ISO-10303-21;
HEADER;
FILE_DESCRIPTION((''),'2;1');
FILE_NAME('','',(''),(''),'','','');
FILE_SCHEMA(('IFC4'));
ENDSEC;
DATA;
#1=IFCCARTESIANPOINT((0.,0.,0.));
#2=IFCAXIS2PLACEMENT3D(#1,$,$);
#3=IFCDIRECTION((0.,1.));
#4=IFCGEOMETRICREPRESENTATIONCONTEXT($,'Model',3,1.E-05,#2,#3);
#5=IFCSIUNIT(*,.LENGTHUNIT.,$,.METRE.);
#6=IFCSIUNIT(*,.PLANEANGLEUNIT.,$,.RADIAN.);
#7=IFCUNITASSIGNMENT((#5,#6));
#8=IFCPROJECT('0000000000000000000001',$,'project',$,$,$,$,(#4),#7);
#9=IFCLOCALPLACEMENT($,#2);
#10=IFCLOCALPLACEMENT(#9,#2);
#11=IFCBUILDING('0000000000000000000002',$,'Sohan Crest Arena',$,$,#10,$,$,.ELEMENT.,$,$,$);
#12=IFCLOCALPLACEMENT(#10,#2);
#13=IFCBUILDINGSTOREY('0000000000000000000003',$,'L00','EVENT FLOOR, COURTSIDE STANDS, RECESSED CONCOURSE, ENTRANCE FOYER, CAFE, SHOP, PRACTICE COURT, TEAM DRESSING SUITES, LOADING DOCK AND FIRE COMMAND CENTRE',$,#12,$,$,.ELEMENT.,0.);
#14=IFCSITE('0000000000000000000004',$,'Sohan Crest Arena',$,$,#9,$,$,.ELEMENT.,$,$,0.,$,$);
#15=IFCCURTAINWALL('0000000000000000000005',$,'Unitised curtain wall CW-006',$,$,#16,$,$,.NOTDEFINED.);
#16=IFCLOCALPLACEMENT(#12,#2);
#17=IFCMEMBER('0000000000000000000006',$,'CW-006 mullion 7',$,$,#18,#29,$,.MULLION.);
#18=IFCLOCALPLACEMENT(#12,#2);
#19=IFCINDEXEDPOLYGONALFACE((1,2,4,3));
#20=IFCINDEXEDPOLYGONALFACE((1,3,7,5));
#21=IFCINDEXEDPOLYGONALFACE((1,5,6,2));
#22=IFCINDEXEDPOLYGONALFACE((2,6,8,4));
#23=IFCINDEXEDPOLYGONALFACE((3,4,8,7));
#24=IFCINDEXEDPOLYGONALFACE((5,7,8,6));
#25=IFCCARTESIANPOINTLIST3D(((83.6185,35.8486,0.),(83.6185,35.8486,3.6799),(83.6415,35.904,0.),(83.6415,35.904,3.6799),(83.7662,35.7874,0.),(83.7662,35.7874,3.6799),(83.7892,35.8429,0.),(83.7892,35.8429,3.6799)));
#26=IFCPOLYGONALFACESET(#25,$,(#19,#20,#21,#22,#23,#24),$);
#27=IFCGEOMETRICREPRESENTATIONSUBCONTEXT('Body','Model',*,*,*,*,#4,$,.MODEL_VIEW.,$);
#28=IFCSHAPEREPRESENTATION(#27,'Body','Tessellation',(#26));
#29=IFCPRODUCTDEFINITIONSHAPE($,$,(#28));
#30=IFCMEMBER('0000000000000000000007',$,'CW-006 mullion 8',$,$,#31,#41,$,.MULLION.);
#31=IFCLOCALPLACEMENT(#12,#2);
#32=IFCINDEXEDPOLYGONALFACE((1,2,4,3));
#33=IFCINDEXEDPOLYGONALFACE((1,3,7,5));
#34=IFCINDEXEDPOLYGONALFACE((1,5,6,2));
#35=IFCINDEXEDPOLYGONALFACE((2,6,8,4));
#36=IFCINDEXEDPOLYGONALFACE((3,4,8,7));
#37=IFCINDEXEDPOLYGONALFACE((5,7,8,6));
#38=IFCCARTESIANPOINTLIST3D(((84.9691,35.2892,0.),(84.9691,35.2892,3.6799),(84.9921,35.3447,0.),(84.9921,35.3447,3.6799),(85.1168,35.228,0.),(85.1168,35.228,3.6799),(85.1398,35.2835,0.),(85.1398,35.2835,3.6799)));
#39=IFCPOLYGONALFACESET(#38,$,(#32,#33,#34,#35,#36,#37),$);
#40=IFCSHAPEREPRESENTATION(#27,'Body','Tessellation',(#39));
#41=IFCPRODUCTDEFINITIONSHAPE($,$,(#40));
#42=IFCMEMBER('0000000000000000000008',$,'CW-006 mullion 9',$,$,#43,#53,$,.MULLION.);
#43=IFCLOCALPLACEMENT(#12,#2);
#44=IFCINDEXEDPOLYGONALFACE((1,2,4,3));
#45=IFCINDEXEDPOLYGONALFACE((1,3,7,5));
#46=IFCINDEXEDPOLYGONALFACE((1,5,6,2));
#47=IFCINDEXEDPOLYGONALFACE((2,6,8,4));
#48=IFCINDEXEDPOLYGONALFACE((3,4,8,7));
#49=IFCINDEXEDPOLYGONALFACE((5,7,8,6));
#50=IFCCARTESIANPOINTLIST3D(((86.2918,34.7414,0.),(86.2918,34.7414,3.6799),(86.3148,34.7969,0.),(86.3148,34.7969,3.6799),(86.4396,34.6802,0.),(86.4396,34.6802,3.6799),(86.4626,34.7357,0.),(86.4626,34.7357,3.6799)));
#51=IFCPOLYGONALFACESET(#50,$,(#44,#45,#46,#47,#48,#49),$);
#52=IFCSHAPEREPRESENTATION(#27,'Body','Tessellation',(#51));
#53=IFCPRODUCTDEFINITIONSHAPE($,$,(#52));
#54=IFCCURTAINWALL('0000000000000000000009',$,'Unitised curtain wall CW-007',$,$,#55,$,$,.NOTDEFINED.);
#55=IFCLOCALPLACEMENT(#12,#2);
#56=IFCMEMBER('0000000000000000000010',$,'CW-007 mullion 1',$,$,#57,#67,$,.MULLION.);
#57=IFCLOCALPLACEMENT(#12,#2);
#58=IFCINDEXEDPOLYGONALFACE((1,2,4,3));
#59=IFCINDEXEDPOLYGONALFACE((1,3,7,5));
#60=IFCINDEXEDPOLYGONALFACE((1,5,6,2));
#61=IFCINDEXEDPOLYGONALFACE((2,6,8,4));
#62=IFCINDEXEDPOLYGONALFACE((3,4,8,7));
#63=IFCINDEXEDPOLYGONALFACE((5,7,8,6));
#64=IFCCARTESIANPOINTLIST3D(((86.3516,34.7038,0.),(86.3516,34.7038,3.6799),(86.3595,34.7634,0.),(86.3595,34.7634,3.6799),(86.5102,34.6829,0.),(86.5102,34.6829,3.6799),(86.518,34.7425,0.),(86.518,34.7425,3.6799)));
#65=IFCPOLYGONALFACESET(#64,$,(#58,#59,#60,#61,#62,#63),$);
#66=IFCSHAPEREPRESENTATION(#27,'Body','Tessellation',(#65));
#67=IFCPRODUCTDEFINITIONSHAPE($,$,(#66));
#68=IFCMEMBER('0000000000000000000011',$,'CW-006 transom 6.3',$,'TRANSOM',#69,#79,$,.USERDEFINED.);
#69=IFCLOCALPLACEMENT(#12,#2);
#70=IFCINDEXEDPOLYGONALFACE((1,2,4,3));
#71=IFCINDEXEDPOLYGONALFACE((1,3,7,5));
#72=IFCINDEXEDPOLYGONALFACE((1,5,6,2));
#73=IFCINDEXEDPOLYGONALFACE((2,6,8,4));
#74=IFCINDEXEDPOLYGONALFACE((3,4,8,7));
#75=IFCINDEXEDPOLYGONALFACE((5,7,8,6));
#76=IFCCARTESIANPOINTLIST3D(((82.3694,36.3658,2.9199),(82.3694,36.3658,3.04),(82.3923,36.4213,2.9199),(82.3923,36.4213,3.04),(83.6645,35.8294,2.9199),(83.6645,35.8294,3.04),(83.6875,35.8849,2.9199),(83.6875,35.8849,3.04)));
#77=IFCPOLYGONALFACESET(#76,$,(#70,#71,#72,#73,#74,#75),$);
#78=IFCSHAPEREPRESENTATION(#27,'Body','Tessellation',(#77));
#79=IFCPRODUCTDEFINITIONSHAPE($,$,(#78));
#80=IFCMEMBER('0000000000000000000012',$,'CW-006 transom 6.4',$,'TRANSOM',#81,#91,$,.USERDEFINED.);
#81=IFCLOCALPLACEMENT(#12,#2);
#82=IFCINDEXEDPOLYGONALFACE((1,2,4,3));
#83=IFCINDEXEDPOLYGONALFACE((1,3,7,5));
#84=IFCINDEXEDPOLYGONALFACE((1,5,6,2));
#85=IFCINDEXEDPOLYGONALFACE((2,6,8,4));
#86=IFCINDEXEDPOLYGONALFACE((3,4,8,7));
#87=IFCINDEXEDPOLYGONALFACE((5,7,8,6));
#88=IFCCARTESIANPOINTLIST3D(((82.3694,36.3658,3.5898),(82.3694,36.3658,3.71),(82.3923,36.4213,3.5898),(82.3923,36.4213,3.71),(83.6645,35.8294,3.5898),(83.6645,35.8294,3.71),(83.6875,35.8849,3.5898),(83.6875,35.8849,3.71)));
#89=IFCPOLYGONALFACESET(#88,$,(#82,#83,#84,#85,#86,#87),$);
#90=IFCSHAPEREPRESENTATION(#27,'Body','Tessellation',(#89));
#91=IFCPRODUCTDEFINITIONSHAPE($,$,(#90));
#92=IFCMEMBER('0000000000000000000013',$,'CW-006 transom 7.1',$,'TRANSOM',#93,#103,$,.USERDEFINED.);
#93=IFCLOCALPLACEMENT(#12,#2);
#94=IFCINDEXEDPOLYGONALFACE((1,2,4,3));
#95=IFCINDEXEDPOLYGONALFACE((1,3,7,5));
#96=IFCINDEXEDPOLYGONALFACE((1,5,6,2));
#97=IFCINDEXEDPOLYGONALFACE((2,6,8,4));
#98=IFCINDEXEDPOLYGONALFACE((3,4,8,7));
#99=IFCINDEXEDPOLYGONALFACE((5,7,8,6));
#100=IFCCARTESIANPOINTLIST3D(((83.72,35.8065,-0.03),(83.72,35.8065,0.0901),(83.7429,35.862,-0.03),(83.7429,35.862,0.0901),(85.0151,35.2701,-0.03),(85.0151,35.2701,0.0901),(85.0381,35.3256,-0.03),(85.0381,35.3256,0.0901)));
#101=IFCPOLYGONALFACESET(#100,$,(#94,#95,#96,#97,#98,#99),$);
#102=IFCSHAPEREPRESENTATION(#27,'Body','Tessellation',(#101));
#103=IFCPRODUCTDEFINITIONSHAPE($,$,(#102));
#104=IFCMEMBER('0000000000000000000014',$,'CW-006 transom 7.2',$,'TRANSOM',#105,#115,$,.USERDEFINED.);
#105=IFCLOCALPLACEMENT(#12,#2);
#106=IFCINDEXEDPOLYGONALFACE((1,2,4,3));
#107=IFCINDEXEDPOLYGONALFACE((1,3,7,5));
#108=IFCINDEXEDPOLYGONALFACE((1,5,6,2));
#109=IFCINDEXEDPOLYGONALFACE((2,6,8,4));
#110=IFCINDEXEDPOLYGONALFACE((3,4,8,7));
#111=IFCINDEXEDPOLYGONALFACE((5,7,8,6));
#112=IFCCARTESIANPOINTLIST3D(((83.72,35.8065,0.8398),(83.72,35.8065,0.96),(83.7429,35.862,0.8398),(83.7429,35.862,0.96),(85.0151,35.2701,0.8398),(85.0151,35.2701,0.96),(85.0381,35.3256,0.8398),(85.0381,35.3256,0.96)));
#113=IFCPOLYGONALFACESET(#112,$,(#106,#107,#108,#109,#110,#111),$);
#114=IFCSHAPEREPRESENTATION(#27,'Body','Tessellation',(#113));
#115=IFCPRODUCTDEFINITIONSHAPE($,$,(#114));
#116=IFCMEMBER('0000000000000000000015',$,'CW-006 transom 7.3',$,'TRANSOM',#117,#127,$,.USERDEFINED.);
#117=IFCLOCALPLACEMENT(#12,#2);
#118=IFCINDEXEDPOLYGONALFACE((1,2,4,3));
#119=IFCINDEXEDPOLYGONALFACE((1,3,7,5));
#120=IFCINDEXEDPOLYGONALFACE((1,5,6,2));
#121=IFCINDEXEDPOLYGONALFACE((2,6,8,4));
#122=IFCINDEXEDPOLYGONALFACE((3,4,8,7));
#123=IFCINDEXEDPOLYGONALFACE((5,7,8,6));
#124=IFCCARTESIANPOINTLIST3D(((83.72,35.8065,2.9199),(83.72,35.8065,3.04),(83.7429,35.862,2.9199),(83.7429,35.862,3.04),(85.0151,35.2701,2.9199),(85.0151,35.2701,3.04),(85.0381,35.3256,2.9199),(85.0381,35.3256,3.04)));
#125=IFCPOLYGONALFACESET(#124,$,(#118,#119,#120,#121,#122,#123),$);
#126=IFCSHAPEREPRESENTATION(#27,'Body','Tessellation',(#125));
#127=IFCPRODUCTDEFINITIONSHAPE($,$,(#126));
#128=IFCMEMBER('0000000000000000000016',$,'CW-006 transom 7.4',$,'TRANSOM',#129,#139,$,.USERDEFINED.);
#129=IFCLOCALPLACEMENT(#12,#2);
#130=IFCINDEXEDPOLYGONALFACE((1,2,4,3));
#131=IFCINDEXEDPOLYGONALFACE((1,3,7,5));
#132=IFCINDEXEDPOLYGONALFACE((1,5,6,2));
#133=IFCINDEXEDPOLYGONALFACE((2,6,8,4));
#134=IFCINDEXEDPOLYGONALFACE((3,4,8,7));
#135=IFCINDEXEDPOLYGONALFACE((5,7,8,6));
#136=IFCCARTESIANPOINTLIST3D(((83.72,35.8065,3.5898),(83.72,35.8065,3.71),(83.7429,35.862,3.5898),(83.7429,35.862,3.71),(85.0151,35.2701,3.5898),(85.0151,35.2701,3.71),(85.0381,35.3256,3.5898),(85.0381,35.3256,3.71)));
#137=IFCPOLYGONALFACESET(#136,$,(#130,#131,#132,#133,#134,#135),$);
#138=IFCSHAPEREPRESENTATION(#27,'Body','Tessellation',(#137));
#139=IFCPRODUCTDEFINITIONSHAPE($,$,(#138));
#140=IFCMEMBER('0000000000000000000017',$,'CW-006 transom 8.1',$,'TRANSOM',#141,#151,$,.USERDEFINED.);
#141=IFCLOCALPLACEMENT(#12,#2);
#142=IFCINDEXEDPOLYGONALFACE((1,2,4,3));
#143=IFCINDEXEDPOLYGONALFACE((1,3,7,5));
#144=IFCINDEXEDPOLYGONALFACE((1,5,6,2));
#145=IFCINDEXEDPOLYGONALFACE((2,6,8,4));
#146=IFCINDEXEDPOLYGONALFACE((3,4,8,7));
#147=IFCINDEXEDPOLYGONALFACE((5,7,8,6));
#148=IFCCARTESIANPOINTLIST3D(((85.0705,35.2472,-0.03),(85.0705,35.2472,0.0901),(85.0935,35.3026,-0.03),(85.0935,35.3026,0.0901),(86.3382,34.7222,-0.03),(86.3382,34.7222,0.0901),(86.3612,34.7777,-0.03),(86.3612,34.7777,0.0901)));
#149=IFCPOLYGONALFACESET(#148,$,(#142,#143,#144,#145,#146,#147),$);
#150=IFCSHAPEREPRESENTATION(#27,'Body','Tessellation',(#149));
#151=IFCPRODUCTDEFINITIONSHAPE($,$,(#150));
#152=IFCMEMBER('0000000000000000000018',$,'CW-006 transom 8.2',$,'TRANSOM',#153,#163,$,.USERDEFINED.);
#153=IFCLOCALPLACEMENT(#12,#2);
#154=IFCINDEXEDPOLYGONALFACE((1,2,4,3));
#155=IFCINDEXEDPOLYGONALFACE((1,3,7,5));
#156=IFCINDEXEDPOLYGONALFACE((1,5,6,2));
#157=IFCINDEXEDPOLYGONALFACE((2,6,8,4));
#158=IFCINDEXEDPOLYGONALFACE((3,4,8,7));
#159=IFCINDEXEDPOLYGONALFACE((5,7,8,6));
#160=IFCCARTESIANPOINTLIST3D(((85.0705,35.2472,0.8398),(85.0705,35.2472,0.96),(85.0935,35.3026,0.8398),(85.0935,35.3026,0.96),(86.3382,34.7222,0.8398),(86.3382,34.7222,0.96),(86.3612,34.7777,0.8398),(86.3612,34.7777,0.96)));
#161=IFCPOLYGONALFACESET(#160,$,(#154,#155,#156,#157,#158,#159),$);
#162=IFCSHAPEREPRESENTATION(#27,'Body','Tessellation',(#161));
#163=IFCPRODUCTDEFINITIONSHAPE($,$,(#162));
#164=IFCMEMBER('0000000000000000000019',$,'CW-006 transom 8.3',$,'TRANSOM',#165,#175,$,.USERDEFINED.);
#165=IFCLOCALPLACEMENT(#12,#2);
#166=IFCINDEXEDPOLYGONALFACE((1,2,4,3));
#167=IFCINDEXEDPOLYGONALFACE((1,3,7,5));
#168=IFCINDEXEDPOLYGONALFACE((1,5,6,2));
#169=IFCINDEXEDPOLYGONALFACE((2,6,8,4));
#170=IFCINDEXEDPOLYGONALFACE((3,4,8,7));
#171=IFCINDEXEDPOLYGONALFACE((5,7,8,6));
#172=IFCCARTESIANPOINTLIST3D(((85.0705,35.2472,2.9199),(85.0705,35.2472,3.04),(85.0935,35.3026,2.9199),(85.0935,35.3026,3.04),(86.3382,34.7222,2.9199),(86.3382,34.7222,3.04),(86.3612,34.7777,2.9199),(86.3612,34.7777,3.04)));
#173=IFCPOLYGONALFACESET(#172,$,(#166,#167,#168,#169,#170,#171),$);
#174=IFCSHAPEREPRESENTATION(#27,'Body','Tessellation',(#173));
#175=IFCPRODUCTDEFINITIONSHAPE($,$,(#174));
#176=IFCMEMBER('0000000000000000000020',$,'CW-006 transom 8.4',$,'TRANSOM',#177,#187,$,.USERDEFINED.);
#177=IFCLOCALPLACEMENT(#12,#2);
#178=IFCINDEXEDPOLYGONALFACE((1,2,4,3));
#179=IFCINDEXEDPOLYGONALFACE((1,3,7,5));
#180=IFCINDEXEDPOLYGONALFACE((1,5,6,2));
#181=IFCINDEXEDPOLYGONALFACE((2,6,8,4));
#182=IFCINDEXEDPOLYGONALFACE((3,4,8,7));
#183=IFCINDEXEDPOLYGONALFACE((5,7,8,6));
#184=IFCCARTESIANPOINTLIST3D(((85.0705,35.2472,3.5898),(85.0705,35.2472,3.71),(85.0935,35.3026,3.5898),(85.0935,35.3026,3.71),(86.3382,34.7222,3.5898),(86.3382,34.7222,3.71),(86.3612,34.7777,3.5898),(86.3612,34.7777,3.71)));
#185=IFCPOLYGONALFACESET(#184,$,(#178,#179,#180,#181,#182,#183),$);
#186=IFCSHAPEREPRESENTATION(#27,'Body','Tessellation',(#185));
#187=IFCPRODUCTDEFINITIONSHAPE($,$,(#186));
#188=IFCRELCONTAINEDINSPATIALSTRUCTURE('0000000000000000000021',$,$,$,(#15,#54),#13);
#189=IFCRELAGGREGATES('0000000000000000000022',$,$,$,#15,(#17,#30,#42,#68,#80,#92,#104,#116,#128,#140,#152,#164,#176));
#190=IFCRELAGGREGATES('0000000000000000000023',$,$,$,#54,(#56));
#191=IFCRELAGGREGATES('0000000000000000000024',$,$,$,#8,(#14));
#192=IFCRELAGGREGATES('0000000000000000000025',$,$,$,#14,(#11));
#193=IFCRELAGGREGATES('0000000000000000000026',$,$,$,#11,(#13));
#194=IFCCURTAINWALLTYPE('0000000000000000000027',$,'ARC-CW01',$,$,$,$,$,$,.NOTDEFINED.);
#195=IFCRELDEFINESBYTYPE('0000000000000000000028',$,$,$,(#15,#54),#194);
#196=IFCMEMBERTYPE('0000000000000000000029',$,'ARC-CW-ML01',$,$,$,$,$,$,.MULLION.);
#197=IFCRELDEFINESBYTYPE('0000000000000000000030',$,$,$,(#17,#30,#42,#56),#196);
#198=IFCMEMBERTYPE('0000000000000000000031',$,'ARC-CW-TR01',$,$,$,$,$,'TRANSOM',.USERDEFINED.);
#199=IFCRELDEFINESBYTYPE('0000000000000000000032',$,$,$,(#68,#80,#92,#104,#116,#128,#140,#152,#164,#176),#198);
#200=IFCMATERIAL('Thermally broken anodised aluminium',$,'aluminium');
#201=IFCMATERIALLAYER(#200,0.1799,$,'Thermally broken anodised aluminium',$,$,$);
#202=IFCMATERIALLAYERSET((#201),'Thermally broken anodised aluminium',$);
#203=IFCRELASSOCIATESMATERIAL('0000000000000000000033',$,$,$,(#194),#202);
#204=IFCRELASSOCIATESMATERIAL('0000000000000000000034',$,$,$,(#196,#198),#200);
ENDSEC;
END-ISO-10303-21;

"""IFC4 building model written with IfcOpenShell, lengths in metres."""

from ifc_helpers import new_model, si_unit, direction, frame, origin, origin_2d, place, context, subcontext, project, spatial, rectangle, extrude, material, layer, layer_set, material_profile, profile_set, type_object, element, aggregate, save


model = new_model("IFC4")

# Units and contexts
model_context = context("Model", 3, precision=1e-05, world=origin(), true_north=direction((0.0, 1.0)))
body_context = subcontext(model_context, "Body", "Model", "MODEL_VIEW")
ifc_project = project(units=[si_unit("LENGTHUNIT", "METRE"), si_unit("PLANEANGLEUNIT", "RADIAN")], contexts=[model_context])

# Site, building, storey
site_placement = place(None, origin())
site = spatial("IfcSite", under=ifc_project, at=site_placement, Name="Sohan Crest Arena", CompositionType="ELEMENT", RefElevation=0.0)
building_placement = place(site_placement, origin())
building = spatial("IfcBuilding", under=site, at=building_placement, Name="Sohan Crest Arena", CompositionType="ELEMENT")
storey_placement = place(building_placement, origin())
storey = spatial("IfcBuildingStorey", under=building, at=storey_placement, Name="L00", Description="EVENT FLOOR, COURTSIDE STANDS, RECESSED CONCOURSE, ENTRANCE FOYER, CAFE, SHOP, PRACTICE COURT, TEAM DRESSING SUITES, LOADING DOCK AND FIRE COMMAND CENTRE", CompositionType="ELEMENT", Elevation=0.0)

# Curtain wall, members
ifc_material_1 = material(Name="Thermally broken anodised aluminium", Category="aluminium")
ifc_layer_1 = layer(ifc_material_1, 0.1799, Name="Thermally broken anodised aluminium")
ifc_layer_set_1 = layer_set([ifc_layer_1], Name="Thermally broken anodised aluminium")
curtain_wall_type = type_object("IfcCurtainWallType", Name="ARC-CW01", PredefinedType="NOTDEFINED", material=ifc_layer_set_1)
curtain_wall_1_placement = place(storey_placement, origin())
curtain_wall_1 = element("IfcCurtainWall", 1, at=curtain_wall_1_placement, inside=storey, type_object=curtain_wall_type, Name="Unitised curtain wall CW-006", PredefinedType="NOTDEFINED")
ifc_material_profile_1 = material_profile(ifc_material_1, rectangle(XDim=0.0601, YDim=0.1599, at=origin_2d()), Name="ALU-MULL 60x160")
ifc_profile_set_1 = profile_set([ifc_material_profile_1], Name="Thermally broken anodised aluminium")
member_type_1 = type_object("IfcMemberType", Name="ARC-CW-ML01", PredefinedType="MULLION", material=ifc_profile_set_1)
member_1_placement = place(storey_placement, frame((83.7039, 35.8457, 0.0), z_axis=(0.0, 0.0, 1.0), x_axis=(0.382641, 0.923897, 0.0)))
member_1 = element("IfcMember", 2, at=member_1_placement, type_object=member_type_1, Name="CW-006 mullion 7", PredefinedType="MULLION", context=body_context, shape_type="SweptSolid", body=[
    extrude(rectangle(XDim=0.0601, YDim=0.1599, at=origin_2d()), origin(), (0.0, 0.0, 1.0), 3.6799),
])
member_2_placement = place(storey_placement, frame((85.0544, 35.2864, 0.0), z_axis=(0.0, 0.0, 1.0), x_axis=(0.382641, 0.923897, 0.0)))
member_2 = element("IfcMember", 3, at=member_2_placement, type_object=member_type_1, Name="CW-006 mullion 8", PredefinedType="MULLION", context=body_context, shape_type="SweptSolid", body=[
    extrude(rectangle(XDim=0.0601, YDim=0.1599, at=origin_2d()), origin(), (0.0, 0.0, 1.0), 3.6799),
])
member_3_placement = place(storey_placement, frame((86.3772, 34.7385, 0.0), z_axis=(0.0, 0.0, 1.0), x_axis=(0.382641, 0.923897, 0.0)))
member_3 = element("IfcMember", 4, at=member_3_placement, type_object=member_type_1, Name="CW-006 mullion 9", PredefinedType="MULLION", context=body_context, shape_type="SweptSolid", body=[
    extrude(rectangle(XDim=0.0601, YDim=0.1599, at=origin_2d()), origin(), (0.0, 0.0, 1.0), 3.6799),
])

# Curtain wall, member
curtain_wall_2_placement = place(storey_placement, origin())
curtain_wall_2 = element("IfcCurtainWall", 5, at=curtain_wall_2_placement, inside=storey, type_object=curtain_wall_type, Name="Unitised curtain wall CW-007", PredefinedType="NOTDEFINED")
member_4_placement = place(storey_placement, frame((86.4348, 34.7231, 0.0), z_axis=(0.0, 0.0, 1.0), x_axis=(0.130567, 0.991439, 0.0)))
member_4 = element("IfcMember", 6, at=member_4_placement, type_object=member_type_1, Name="CW-007 mullion 1", PredefinedType="MULLION", context=body_context, shape_type="SweptSolid", body=[
    extrude(rectangle(XDim=0.0601, YDim=0.1599, at=origin_2d()), origin(), (0.0, 0.0, 1.0), 3.6799),
])

# Members
ifc_material_profile_2 = material_profile(ifc_material_1, rectangle(XDim=0.0601, YDim=0.1201, at=origin_2d()), Name="ALU-TRAN 60x120")
ifc_profile_set_2 = profile_set([ifc_material_profile_2], Name="Thermally broken anodised aluminium")
member_type_2 = type_object("IfcMemberType", Name="ARC-CW-TR01", ElementType="TRANSOM", PredefinedType="USERDEFINED", material=ifc_profile_set_2)
member_5_placement = place(storey_placement, frame((82.3809, 36.3936, 2.98), z_axis=(0.923904, -0.382624, 0.0), x_axis=(0.382624, 0.923904, 0.0)))
member_5 = element("IfcMember", 7, at=member_5_placement, type_object=member_type_2, Name="CW-006 transom 6.3", ObjectType="TRANSOM", PredefinedType="USERDEFINED", context=body_context, shape_type="SweptSolid", body=[
    extrude(rectangle(XDim=0.0601, YDim=0.1201, at=origin_2d()), origin(), (0.0, 0.0, 1.0), 1.4019),
])
member_6_placement = place(storey_placement, frame((82.3809, 36.3936, 3.6499), z_axis=(0.923904, -0.382624, 0.0), x_axis=(0.382624, 0.923904, 0.0)))
member_6 = element("IfcMember", 8, at=member_6_placement, type_object=member_type_2, Name="CW-006 transom 6.4", ObjectType="TRANSOM", PredefinedType="USERDEFINED", context=body_context, shape_type="SweptSolid", body=[
    extrude(rectangle(XDim=0.0601, YDim=0.1201, at=origin_2d()), origin(), (0.0, 0.0, 1.0), 1.4019),
])
member_7_placement = place(storey_placement, frame((83.7314, 35.8342, 0.03), z_axis=(0.923904, -0.382624, 0.0), x_axis=(0.382624, 0.923904, 0.0)))
member_7 = element("IfcMember", 9, at=member_7_placement, type_object=member_type_2, Name="CW-006 transom 7.1", ObjectType="TRANSOM", PredefinedType="USERDEFINED", context=body_context, shape_type="SweptSolid", body=[
    extrude(rectangle(XDim=0.0601, YDim=0.1201, at=origin_2d()), origin(), (0.0, 0.0, 1.0), 1.4019),
])
member_8_placement = place(storey_placement, frame((83.7314, 35.8342, 0.8999), z_axis=(0.923904, -0.382624, 0.0), x_axis=(0.382624, 0.923904, 0.0)))
member_8 = element("IfcMember", 10, at=member_8_placement, type_object=member_type_2, Name="CW-006 transom 7.2", ObjectType="TRANSOM", PredefinedType="USERDEFINED", context=body_context, shape_type="SweptSolid", body=[
    extrude(rectangle(XDim=0.0601, YDim=0.1201, at=origin_2d()), origin(), (0.0, 0.0, 1.0), 1.4019),
])
member_9_placement = place(storey_placement, frame((83.7314, 35.8342, 2.98), z_axis=(0.923904, -0.382624, 0.0), x_axis=(0.382624, 0.923904, 0.0)))
member_9 = element("IfcMember", 11, at=member_9_placement, type_object=member_type_2, Name="CW-006 transom 7.3", ObjectType="TRANSOM", PredefinedType="USERDEFINED", context=body_context, shape_type="SweptSolid", body=[
    extrude(rectangle(XDim=0.0601, YDim=0.1201, at=origin_2d()), origin(), (0.0, 0.0, 1.0), 1.4019),
])
member_10_placement = place(storey_placement, frame((83.7314, 35.8342, 3.6499), z_axis=(0.923904, -0.382624, 0.0), x_axis=(0.382624, 0.923904, 0.0)))
member_10 = element("IfcMember", 12, at=member_10_placement, type_object=member_type_2, Name="CW-006 transom 7.4", ObjectType="TRANSOM", PredefinedType="USERDEFINED", context=body_context, shape_type="SweptSolid", body=[
    extrude(rectangle(XDim=0.0601, YDim=0.1201, at=origin_2d()), origin(), (0.0, 0.0, 1.0), 1.4019),
])
member_11_placement = place(storey_placement, frame((85.082, 35.2749, 0.03), z_axis=(0.923917, -0.382593, 0.0), x_axis=(0.382593, 0.923917, 0.0)))
member_11 = element("IfcMember", 13, at=member_11_placement, type_object=member_type_2, Name="CW-006 transom 8.1", ObjectType="TRANSOM", PredefinedType="USERDEFINED", context=body_context, shape_type="SweptSolid", body=[
    extrude(rectangle(XDim=0.0601, YDim=0.1201, at=origin_2d()), origin(), (0.0, 0.0, 1.0), 1.3721),
])
member_12_placement = place(storey_placement, frame((85.082, 35.2749, 0.8999), z_axis=(0.923917, -0.382593, 0.0), x_axis=(0.382593, 0.923917, 0.0)))
member_12 = element("IfcMember", 14, at=member_12_placement, type_object=member_type_2, Name="CW-006 transom 8.2", ObjectType="TRANSOM", PredefinedType="USERDEFINED", context=body_context, shape_type="SweptSolid", body=[
    extrude(rectangle(XDim=0.0601, YDim=0.1201, at=origin_2d()), origin(), (0.0, 0.0, 1.0), 1.3721),
])
member_13_placement = place(storey_placement, frame((85.082, 35.2749, 2.98), z_axis=(0.923917, -0.382593, 0.0), x_axis=(0.382593, 0.923917, 0.0)))
member_13 = element("IfcMember", 15, at=member_13_placement, type_object=member_type_2, Name="CW-006 transom 8.3", ObjectType="TRANSOM", PredefinedType="USERDEFINED", context=body_context, shape_type="SweptSolid", body=[
    extrude(rectangle(XDim=0.0601, YDim=0.1201, at=origin_2d()), origin(), (0.0, 0.0, 1.0), 1.3721),
])
member_14_placement = place(storey_placement, frame((85.082, 35.2749, 3.6499), z_axis=(0.923917, -0.382593, 0.0), x_axis=(0.382593, 0.923917, 0.0)))
member_14 = element("IfcMember", 16, at=member_14_placement, type_object=member_type_2, Name="CW-006 transom 8.4", ObjectType="TRANSOM", PredefinedType="USERDEFINED", context=body_context, shape_type="SweptSolid", body=[
    extrude(rectangle(XDim=0.0601, YDim=0.1201, at=origin_2d()), origin(), (0.0, 0.0, 1.0), 1.3721),
])

aggregate(curtain_wall_1, [member_1, member_2, member_3, member_5, member_6, member_7, member_8, member_9, member_10, member_11, member_12, member_13, member_14])
aggregate(curtain_wall_2, [member_4])

save(model, "model.ifc")
